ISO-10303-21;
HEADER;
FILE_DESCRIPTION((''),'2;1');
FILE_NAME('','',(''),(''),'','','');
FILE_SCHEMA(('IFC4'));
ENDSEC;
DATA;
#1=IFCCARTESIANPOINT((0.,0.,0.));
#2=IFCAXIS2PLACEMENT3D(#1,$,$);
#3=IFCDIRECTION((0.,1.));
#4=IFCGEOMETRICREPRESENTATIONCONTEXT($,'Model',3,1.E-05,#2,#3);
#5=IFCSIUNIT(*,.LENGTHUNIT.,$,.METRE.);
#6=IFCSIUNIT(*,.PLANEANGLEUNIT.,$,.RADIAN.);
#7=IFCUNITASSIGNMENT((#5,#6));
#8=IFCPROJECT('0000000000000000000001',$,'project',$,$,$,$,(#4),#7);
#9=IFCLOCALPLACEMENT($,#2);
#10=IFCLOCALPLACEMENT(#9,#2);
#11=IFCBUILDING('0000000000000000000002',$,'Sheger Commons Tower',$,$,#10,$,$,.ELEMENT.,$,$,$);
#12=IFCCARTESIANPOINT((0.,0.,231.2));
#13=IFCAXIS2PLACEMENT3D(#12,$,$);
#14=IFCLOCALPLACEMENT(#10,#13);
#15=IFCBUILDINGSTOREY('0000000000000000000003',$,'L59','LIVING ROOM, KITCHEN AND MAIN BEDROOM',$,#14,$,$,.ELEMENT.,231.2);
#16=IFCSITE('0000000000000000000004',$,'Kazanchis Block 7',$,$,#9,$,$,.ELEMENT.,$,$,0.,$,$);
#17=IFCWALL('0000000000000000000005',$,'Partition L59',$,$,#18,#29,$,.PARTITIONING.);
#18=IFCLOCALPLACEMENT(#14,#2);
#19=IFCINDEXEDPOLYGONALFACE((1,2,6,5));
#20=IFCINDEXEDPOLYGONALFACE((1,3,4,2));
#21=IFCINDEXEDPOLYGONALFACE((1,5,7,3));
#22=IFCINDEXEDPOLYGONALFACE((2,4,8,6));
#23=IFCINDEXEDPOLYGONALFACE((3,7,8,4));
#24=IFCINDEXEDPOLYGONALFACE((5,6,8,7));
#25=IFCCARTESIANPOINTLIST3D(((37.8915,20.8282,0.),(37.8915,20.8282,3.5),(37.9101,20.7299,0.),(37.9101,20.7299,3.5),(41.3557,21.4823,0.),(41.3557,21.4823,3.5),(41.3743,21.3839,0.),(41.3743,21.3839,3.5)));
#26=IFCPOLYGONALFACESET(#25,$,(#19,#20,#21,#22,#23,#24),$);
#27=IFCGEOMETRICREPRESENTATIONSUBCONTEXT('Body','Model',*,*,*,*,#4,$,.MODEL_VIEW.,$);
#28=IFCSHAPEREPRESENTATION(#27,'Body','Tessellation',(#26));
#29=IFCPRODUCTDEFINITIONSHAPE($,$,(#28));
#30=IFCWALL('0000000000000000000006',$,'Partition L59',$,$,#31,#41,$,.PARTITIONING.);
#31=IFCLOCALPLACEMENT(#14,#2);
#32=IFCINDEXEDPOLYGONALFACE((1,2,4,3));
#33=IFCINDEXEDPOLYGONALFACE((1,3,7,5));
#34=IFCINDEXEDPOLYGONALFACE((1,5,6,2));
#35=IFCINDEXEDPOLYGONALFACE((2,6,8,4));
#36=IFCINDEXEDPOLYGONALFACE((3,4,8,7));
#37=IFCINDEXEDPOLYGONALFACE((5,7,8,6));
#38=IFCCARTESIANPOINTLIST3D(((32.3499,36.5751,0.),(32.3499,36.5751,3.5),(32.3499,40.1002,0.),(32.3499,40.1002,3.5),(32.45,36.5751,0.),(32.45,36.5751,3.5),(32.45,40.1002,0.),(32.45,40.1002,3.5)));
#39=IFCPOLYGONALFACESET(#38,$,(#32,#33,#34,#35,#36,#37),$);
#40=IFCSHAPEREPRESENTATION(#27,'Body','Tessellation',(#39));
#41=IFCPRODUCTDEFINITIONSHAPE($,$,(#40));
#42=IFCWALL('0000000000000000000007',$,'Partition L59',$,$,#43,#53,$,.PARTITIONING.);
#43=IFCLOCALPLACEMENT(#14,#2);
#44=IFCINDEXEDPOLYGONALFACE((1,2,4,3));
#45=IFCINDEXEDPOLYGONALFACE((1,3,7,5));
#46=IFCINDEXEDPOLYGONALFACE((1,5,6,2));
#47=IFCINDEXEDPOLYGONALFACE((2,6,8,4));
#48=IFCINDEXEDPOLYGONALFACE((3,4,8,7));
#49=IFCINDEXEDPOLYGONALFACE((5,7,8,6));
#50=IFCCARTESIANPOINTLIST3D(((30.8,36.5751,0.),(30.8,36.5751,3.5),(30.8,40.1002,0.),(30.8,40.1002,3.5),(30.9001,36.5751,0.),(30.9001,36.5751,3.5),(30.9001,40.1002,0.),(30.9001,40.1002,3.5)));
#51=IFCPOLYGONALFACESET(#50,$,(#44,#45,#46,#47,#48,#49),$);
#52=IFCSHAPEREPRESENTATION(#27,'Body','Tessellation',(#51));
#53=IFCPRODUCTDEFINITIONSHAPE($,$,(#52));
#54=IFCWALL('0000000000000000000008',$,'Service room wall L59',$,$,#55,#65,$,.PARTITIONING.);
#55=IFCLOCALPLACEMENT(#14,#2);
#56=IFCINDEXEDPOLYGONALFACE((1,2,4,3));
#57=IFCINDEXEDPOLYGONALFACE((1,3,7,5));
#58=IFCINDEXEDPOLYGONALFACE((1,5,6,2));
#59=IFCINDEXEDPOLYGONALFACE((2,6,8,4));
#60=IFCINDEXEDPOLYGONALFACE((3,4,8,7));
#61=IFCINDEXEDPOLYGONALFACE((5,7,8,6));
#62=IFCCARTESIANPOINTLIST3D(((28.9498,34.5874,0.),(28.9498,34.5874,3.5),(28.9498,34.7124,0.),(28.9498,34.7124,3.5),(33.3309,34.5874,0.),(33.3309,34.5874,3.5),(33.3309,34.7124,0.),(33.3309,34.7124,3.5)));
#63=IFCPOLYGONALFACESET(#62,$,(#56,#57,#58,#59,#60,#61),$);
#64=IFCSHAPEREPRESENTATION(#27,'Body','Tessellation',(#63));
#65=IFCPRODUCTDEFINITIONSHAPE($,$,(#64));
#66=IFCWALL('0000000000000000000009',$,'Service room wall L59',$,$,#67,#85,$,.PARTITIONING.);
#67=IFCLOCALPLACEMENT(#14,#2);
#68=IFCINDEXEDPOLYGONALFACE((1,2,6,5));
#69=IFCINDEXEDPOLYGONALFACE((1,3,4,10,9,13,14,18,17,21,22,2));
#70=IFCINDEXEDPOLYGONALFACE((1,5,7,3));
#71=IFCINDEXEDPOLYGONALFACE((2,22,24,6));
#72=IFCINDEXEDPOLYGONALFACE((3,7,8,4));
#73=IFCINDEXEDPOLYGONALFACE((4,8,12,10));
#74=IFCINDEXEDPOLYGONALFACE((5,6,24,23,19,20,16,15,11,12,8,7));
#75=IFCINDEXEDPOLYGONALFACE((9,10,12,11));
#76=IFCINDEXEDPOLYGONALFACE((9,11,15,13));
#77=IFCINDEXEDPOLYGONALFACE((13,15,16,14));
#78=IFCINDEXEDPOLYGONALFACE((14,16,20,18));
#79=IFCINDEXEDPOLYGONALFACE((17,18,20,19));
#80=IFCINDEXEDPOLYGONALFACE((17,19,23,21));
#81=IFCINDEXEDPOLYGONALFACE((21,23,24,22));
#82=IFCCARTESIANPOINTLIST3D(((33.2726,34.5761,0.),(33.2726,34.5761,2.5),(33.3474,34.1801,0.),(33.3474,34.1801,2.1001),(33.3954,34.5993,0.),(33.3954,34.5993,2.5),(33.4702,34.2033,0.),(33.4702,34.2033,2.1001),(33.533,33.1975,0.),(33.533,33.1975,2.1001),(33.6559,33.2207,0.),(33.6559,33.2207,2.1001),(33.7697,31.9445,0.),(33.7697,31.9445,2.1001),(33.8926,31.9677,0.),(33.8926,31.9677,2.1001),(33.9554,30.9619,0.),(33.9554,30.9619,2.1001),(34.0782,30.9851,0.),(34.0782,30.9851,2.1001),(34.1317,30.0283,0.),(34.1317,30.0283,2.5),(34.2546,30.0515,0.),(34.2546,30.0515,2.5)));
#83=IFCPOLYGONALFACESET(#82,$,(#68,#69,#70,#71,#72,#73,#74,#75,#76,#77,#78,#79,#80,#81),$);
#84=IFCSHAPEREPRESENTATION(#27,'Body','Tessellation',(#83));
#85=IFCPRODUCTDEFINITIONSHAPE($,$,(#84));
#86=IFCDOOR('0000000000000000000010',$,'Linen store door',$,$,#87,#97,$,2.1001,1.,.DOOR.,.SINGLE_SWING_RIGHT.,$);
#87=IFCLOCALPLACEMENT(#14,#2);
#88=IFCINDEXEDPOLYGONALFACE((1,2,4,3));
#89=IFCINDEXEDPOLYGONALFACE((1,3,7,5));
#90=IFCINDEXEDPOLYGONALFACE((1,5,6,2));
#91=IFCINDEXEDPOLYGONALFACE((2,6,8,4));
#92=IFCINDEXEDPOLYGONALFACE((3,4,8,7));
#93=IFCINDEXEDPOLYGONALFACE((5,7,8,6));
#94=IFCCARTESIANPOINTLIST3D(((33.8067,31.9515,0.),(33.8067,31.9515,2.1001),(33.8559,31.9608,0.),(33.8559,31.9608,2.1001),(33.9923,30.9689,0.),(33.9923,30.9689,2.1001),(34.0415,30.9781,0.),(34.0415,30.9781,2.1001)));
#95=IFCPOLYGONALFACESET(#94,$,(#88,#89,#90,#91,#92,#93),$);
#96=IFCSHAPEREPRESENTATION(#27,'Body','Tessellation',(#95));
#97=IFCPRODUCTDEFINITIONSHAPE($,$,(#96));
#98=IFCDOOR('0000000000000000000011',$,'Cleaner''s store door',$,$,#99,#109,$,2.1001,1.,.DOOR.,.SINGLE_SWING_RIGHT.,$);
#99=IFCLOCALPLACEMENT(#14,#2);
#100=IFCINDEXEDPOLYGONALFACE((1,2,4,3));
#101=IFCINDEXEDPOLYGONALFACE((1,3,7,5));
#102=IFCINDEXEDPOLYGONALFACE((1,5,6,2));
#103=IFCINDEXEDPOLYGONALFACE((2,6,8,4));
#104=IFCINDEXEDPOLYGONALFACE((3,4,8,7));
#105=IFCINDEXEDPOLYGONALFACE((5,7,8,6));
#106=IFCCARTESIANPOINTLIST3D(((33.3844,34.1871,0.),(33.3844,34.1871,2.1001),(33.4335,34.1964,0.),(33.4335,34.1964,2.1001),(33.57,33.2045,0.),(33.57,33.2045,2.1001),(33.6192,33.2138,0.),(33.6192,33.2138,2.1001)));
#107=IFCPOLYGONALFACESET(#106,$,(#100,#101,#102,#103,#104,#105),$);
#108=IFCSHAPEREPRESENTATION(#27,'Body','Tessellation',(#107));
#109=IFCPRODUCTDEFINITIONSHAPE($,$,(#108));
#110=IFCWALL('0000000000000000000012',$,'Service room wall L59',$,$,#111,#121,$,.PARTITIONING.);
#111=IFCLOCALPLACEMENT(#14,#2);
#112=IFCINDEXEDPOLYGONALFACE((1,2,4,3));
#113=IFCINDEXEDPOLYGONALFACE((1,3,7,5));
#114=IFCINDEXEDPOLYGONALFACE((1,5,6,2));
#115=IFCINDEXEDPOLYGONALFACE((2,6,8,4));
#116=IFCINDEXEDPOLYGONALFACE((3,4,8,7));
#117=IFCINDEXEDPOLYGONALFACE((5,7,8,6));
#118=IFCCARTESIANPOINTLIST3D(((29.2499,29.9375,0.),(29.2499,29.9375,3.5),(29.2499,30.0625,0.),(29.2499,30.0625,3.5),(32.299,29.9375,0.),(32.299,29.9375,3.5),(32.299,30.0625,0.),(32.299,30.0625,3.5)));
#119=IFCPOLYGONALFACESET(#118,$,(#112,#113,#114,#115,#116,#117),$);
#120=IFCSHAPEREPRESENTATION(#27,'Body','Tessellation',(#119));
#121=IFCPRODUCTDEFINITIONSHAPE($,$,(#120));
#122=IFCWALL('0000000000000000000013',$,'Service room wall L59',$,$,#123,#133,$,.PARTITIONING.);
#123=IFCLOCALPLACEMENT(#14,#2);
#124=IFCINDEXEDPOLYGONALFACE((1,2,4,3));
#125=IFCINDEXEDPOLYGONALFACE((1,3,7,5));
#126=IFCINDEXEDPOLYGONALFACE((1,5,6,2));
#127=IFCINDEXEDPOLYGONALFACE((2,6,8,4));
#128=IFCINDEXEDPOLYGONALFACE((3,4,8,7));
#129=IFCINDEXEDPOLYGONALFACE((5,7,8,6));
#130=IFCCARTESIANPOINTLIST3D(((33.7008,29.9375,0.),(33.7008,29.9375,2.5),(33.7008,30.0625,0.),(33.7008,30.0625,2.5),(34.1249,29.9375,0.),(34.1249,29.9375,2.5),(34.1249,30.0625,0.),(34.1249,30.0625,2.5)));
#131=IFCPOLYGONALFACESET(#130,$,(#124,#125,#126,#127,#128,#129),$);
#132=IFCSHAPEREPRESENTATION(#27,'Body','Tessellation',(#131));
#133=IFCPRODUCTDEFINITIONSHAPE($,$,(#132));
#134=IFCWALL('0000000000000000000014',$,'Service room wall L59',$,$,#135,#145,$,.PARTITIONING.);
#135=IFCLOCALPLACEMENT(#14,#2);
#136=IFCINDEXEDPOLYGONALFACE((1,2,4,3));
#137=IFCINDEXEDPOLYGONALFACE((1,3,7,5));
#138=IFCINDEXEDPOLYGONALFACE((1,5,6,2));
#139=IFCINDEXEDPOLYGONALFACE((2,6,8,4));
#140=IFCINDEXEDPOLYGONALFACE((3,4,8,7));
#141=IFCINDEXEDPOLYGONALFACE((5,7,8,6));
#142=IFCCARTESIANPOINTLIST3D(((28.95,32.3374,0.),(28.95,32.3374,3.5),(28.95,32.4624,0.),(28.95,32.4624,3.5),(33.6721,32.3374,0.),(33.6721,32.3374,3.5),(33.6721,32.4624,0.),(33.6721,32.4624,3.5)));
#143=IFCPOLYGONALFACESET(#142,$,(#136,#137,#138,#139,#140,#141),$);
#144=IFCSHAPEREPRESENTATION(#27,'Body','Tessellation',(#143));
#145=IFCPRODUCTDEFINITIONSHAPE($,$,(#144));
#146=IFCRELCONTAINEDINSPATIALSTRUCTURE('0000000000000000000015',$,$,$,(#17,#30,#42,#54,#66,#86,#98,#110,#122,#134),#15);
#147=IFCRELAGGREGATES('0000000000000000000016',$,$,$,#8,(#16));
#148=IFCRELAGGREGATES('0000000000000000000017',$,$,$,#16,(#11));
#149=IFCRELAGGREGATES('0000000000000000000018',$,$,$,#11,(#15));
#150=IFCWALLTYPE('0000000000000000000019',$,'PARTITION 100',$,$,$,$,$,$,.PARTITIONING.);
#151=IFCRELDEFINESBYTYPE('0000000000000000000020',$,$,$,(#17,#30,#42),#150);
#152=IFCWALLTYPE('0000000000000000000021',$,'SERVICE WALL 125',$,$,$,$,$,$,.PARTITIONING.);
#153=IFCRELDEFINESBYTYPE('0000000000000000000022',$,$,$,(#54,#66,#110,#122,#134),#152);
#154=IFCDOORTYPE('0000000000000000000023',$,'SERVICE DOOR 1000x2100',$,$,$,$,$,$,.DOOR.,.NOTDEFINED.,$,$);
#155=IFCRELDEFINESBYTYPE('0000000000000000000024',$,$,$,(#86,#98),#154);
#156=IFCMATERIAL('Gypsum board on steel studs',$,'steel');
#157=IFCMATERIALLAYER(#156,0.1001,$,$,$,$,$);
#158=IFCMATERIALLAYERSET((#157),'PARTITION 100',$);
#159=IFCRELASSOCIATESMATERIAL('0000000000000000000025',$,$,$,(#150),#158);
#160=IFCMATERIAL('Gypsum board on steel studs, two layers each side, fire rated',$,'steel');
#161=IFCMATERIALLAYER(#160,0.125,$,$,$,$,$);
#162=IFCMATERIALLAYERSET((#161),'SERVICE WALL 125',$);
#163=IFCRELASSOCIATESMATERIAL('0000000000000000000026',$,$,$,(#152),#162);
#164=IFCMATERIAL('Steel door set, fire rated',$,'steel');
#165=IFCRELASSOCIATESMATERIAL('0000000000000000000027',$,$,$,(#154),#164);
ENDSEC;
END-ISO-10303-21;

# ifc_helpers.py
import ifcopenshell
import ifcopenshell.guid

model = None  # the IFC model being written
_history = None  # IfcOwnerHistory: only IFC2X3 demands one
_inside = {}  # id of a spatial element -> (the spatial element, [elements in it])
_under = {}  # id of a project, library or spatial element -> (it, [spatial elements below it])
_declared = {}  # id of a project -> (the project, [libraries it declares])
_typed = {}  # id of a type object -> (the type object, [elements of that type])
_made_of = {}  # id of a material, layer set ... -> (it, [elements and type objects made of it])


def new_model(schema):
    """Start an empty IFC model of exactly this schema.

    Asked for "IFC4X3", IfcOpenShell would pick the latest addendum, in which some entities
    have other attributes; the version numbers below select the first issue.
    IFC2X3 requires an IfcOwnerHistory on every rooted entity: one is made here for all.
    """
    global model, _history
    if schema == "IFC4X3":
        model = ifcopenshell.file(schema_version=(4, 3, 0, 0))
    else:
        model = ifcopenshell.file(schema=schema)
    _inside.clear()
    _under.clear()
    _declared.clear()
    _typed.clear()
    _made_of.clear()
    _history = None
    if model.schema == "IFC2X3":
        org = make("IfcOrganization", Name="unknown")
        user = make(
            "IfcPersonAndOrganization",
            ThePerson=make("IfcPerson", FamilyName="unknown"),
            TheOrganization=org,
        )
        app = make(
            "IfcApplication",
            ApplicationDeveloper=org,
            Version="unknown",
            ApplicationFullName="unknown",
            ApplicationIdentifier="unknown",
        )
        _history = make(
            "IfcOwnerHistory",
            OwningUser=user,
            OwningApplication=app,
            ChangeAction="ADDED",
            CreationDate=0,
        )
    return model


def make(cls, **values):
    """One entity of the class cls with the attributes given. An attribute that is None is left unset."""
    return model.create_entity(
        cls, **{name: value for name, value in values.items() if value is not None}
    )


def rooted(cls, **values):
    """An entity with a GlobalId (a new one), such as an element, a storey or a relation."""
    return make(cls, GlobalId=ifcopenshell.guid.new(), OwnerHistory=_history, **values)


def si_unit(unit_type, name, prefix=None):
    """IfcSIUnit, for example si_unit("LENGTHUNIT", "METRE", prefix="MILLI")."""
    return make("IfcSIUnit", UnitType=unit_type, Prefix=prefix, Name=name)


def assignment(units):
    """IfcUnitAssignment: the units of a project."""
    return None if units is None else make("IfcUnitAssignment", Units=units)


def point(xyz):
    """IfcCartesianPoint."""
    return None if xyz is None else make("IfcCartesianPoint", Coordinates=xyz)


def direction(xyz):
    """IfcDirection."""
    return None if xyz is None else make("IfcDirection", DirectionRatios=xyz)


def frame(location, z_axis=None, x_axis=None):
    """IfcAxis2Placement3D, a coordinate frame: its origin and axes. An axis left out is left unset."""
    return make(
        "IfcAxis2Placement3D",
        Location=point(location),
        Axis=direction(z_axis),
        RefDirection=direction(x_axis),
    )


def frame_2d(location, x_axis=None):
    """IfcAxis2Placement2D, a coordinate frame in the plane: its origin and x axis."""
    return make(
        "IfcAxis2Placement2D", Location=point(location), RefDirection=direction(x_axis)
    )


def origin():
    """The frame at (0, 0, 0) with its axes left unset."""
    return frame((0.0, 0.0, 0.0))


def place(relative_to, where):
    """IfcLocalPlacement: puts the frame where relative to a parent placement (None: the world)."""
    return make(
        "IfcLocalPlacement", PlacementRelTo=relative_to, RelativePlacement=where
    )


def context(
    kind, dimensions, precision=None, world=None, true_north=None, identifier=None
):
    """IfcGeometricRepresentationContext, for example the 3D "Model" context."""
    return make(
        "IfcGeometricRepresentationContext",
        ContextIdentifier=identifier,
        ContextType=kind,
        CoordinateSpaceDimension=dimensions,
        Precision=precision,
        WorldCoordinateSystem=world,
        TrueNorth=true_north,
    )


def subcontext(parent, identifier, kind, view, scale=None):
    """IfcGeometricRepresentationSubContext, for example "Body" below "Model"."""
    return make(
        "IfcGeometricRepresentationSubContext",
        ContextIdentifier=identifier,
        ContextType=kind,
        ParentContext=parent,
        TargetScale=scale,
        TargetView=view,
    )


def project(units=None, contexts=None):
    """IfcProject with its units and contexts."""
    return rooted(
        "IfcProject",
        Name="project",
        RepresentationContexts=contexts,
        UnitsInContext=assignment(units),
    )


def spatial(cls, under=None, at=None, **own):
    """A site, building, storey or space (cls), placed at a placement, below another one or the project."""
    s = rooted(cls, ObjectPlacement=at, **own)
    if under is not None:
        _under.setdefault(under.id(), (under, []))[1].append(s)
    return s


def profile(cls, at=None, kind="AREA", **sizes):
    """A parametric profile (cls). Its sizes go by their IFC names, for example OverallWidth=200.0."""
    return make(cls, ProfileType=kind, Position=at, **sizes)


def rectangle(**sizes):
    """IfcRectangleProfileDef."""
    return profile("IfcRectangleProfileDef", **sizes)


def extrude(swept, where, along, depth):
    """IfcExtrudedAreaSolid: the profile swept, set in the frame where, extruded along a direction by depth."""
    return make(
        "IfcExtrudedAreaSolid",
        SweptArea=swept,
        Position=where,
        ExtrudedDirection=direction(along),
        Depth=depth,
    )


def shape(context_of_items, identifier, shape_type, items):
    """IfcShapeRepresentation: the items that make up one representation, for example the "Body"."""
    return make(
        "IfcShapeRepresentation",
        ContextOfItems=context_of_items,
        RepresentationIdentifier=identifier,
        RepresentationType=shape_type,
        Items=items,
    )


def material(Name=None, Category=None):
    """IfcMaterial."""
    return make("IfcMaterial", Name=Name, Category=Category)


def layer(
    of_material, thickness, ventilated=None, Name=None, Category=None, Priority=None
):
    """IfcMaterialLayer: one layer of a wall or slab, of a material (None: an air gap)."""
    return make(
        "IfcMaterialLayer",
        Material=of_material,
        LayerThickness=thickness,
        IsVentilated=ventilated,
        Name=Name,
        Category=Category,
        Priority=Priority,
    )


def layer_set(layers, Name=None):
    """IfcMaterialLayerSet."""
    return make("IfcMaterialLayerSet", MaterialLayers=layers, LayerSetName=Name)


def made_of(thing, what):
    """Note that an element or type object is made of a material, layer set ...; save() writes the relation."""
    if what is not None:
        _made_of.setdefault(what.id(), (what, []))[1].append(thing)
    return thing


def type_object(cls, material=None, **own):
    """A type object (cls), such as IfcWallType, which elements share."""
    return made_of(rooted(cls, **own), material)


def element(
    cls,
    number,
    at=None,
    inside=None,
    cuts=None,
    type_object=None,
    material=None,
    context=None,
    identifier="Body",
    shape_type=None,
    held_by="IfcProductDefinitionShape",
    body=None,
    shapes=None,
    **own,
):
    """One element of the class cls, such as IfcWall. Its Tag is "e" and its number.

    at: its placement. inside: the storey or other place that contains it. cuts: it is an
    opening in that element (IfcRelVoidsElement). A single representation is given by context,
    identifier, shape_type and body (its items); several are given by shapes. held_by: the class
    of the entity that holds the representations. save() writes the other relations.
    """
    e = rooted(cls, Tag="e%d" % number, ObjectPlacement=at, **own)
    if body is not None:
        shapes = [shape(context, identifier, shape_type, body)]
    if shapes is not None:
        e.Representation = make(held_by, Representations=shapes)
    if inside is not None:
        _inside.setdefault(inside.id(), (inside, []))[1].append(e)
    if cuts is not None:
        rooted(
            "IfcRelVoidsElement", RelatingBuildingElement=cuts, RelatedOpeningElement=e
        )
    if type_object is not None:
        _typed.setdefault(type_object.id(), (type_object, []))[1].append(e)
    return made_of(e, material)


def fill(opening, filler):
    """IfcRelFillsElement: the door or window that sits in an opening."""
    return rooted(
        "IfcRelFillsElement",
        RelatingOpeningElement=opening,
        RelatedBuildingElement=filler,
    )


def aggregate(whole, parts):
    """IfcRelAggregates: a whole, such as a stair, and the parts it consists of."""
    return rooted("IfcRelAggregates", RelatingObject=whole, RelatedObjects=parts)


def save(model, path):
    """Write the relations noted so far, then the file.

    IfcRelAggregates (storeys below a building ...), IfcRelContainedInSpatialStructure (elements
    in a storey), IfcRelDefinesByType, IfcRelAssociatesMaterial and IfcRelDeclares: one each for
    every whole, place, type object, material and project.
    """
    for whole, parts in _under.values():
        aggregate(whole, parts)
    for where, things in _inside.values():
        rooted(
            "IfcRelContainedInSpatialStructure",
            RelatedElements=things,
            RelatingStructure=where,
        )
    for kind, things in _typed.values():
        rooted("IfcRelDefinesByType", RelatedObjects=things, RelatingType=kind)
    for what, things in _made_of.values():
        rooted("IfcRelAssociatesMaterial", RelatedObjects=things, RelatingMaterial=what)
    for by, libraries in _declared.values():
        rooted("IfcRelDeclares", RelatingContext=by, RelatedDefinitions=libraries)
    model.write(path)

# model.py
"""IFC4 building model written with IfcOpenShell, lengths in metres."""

from ifc_helpers import new_model, si_unit, direction, frame, frame_2d, origin, place, context, subcontext, project, spatial, rectangle, extrude, material, layer, layer_set, type_object, element, fill, save


model = new_model("IFC4")

# Units and contexts
model_context = context("Model", 3, precision=1e-05, world=origin(), true_north=direction((0.0, 1.0)))
body_context = subcontext(model_context, "Body", "Model", "MODEL_VIEW")
ifc_project = project(units=[si_unit("LENGTHUNIT", "METRE"), si_unit("PLANEANGLEUNIT", "RADIAN")], contexts=[model_context])

# Site, building, storey
site_placement = place(None, origin())
site = spatial("IfcSite", under=ifc_project, at=site_placement, Name="Kazanchis Block 7", CompositionType="ELEMENT", RefElevation=0.0)
building_placement = place(site_placement, origin())
building = spatial("IfcBuilding", under=site, at=building_placement, Name="Sheger Commons Tower", CompositionType="ELEMENT")
storey_placement = place(building_placement, frame((0.0, 0.0, 231.2)))
storey = spatial("IfcBuildingStorey", under=building, at=storey_placement, Name="L59", Description="LIVING ROOM, KITCHEN AND MAIN BEDROOM", CompositionType="ELEMENT", Elevation=231.2)

# Shared definitions
ifc_material_1 = material(Name="Gypsum board on steel studs", Category="steel")
ifc_layer_1 = layer(ifc_material_1, 0.1001)
ifc_layer_set_1 = layer_set([ifc_layer_1], Name="PARTITION 100")
wall_type_1 = type_object("IfcWallType", Name="PARTITION 100", PredefinedType="PARTITIONING", material=ifc_layer_set_1)

# Walls
wall_1_placement = place(storey_placement, frame((41.365, 21.4331, 0.0), z_axis=(0.0, 0.0, 1.0), x_axis=(-0.982639, -0.18553, 0.0)))
element("IfcWall", 1, at=wall_1_placement, inside=storey, type_object=wall_type_1, Name="Partition L59", PredefinedType="PARTITIONING", context=body_context, shape_type="SweptSolid", body=[
    extrude(rectangle(XDim=3.5254, YDim=0.1001, at=frame_2d((1.7627, 0.0))), origin(), (0.0, 0.0, 1.0), 3.5),
])
for number, where, z_axis, x_axis, name in (
    (2, (32.3999, 36.575, 0.0), (0.0, 0.0, 1.0), (0.0, 1.0, 0.0), "Partition L59"),
    (3, (30.8501, 36.575, 0.0), (0.0, 0.0, 1.0), (0.0, 1.0, 0.0), "Partition L59"),
):
    element("IfcWall", number, at=place(storey_placement, frame(where, z_axis=z_axis, x_axis=x_axis)), inside=storey, type_object=wall_type_1, Name=name, PredefinedType="PARTITIONING", context=body_context, shape_type="SweptSolid", body=[
        extrude(rectangle(XDim=3.5251, YDim=0.1001, at=frame_2d((1.7627, 0.0))), origin(), (0.0, 0.0, 1.0), 3.5),
    ])
ifc_material_2 = material(Name="Gypsum board on steel studs, two layers each side, fire rated", Category="steel")
ifc_layer_2 = layer(ifc_material_2, 0.125)
ifc_layer_set_2 = layer_set([ifc_layer_2], Name="SERVICE WALL 125")
wall_type_2 = type_object("IfcWallType", Name="SERVICE WALL 125", PredefinedType="PARTITIONING", material=ifc_layer_set_2)
wall_2_placement = place(storey_placement, frame((28.95, 34.6499, 0.0), z_axis=(0.0, 0.0, 1.0), x_axis=(1.0, 0.0, 0.0)))
element("IfcWall", 4, at=wall_2_placement, inside=storey, type_object=wall_type_2, Name="Service room wall L59", PredefinedType="PARTITIONING", context=body_context, shape_type="SweptSolid", body=[
    extrude(rectangle(XDim=4.3811, YDim=0.125, at=frame_2d((2.1904, 0.0))), origin(), (0.0, 0.0, 1.0), 3.5),
])

# Wall, openings, doors
wall_3_placement = place(storey_placement, frame((34.1931, 30.04, 0.0), z_axis=(0.0, 0.0, 1.0), x_axis=(-0.185626, 0.98262, 0.0)))
wall_3 = element("IfcWall", 5, at=wall_3_placement, inside=storey, type_object=wall_type_2, Name="Service room wall L59", PredefinedType="PARTITIONING", context=body_context, shape_type="SweptSolid", body=[
    extrude(rectangle(XDim=4.6282, YDim=0.125, at=frame_2d((2.314, 0.0))), origin(), (0.0, 0.0, 1.0), 2.5),
])
opening_1_placement = place(wall_3_placement, frame((0.95, 0.0, 0.0)))
opening_1 = element("IfcOpeningElement", 6, at=opening_1_placement, cuts=wall_3, PredefinedType="OPENING", context=body_context, shape_type="SweptSolid", body=[
    extrude(rectangle(XDim=1.0, YDim=2.1001, at=frame_2d((0.5, 1.05))), frame((0.0, 0.0725, 0.0), z_axis=(0.0, -1.0, 0.0), x_axis=(1.0, 0.0, 0.0)), (0.0, 0.0, 1.0), 0.145),
])
opening_2_placement = place(wall_3_placement, frame((3.2251, 0.0, 0.0)))
opening_2 = element("IfcOpeningElement", 7, at=opening_2_placement, cuts=wall_3, PredefinedType="OPENING", context=body_context, shape_type="SweptSolid", body=[
    extrude(rectangle(XDim=1.0, YDim=2.1001, at=frame_2d((0.5, 1.05))), frame((0.0, 0.0725, 0.0), z_axis=(0.0, -1.0, 0.0), x_axis=(1.0, 0.0, 0.0)), (0.0, 0.0, 1.0), 0.145),
])
ifc_material_3 = material(Name="Steel door set, fire rated", Category="steel")
door_type_1 = type_object("IfcDoorType", Name="SERVICE DOOR 1000x2100", OperationType="NOTDEFINED", PredefinedType="DOOR", material=ifc_material_3)
door_1_placement = place(opening_1_placement, origin())
door_1 = element("IfcDoor", 8, at=door_1_placement, inside=storey, type_object=door_type_1, Name="Linen store door", OperationType="SINGLE_SWING_RIGHT", OverallHeight=2.1001, OverallWidth=1.0, PredefinedType="DOOR", context=body_context, shape_type="SweptSolid", body=[
    extrude(rectangle(XDim=1.0, YDim=2.1001, at=frame_2d((0.5, 1.05))), frame((0.0, 0.0249, 0.0), z_axis=(0.0, -1.0, 0.0), x_axis=(1.0, 0.0, 0.0)), (0.0, 0.0, 1.0), 0.05),
])
fill(opening_1, door_1)
door_2_placement = place(opening_2_placement, origin())
door_2 = element("IfcDoor", 9, at=door_2_placement, inside=storey, type_object=door_type_1, Name="Cleaner's store door", OperationType="SINGLE_SWING_RIGHT", OverallHeight=2.1001, OverallWidth=1.0, PredefinedType="DOOR", context=body_context, shape_type="SweptSolid", body=[
    extrude(rectangle(XDim=1.0, YDim=2.1001, at=frame_2d((0.5, 1.05))), frame((0.0, 0.0249, 0.0), z_axis=(0.0, -1.0, 0.0), x_axis=(1.0, 0.0, 0.0)), (0.0, 0.0, 1.0), 0.05),
])
fill(opening_2, door_2)

# Walls
wall_4_placement = place(storey_placement, frame((29.25, 30.0, 0.0), z_axis=(0.0, 0.0, 1.0), x_axis=(1.0, 0.0, 0.0)))
element("IfcWall", 10, at=wall_4_placement, inside=storey, type_object=wall_type_2, Name="Service room wall L59", PredefinedType="PARTITIONING", context=body_context, shape_type="SweptSolid", body=[
    extrude(rectangle(XDim=3.0491, YDim=0.125, at=frame_2d((1.5244, 0.0))), origin(), (0.0, 0.0, 1.0), 3.5),
])
wall_5_placement = place(storey_placement, frame((33.7009, 30.0, 0.0), z_axis=(0.0, 0.0, 1.0), x_axis=(1.0, 0.0, 0.0)))
element("IfcWall", 11, at=wall_5_placement, inside=storey, type_object=wall_type_2, Name="Service room wall L59", PredefinedType="PARTITIONING", context=body_context, shape_type="SweptSolid", body=[
    extrude(rectangle(XDim=0.4241, YDim=0.125, at=frame_2d((0.2119, 0.0))), origin(), (0.0, 0.0, 1.0), 2.5),
])
wall_6_placement = place(storey_placement, frame((28.95, 32.3999, 0.0), z_axis=(0.0, 0.0, 1.0), x_axis=(1.0, 0.0, 0.0)))
element("IfcWall", 12, at=wall_6_placement, inside=storey, type_object=wall_type_2, Name="Service room wall L59", PredefinedType="PARTITIONING", context=body_context, shape_type="SweptSolid", body=[
    extrude(rectangle(XDim=4.7222, YDim=0.125, at=frame_2d((2.3611, 0.0))), origin(), (0.0, 0.0, 1.0), 3.5),
])

save(model, "model.ifc")
